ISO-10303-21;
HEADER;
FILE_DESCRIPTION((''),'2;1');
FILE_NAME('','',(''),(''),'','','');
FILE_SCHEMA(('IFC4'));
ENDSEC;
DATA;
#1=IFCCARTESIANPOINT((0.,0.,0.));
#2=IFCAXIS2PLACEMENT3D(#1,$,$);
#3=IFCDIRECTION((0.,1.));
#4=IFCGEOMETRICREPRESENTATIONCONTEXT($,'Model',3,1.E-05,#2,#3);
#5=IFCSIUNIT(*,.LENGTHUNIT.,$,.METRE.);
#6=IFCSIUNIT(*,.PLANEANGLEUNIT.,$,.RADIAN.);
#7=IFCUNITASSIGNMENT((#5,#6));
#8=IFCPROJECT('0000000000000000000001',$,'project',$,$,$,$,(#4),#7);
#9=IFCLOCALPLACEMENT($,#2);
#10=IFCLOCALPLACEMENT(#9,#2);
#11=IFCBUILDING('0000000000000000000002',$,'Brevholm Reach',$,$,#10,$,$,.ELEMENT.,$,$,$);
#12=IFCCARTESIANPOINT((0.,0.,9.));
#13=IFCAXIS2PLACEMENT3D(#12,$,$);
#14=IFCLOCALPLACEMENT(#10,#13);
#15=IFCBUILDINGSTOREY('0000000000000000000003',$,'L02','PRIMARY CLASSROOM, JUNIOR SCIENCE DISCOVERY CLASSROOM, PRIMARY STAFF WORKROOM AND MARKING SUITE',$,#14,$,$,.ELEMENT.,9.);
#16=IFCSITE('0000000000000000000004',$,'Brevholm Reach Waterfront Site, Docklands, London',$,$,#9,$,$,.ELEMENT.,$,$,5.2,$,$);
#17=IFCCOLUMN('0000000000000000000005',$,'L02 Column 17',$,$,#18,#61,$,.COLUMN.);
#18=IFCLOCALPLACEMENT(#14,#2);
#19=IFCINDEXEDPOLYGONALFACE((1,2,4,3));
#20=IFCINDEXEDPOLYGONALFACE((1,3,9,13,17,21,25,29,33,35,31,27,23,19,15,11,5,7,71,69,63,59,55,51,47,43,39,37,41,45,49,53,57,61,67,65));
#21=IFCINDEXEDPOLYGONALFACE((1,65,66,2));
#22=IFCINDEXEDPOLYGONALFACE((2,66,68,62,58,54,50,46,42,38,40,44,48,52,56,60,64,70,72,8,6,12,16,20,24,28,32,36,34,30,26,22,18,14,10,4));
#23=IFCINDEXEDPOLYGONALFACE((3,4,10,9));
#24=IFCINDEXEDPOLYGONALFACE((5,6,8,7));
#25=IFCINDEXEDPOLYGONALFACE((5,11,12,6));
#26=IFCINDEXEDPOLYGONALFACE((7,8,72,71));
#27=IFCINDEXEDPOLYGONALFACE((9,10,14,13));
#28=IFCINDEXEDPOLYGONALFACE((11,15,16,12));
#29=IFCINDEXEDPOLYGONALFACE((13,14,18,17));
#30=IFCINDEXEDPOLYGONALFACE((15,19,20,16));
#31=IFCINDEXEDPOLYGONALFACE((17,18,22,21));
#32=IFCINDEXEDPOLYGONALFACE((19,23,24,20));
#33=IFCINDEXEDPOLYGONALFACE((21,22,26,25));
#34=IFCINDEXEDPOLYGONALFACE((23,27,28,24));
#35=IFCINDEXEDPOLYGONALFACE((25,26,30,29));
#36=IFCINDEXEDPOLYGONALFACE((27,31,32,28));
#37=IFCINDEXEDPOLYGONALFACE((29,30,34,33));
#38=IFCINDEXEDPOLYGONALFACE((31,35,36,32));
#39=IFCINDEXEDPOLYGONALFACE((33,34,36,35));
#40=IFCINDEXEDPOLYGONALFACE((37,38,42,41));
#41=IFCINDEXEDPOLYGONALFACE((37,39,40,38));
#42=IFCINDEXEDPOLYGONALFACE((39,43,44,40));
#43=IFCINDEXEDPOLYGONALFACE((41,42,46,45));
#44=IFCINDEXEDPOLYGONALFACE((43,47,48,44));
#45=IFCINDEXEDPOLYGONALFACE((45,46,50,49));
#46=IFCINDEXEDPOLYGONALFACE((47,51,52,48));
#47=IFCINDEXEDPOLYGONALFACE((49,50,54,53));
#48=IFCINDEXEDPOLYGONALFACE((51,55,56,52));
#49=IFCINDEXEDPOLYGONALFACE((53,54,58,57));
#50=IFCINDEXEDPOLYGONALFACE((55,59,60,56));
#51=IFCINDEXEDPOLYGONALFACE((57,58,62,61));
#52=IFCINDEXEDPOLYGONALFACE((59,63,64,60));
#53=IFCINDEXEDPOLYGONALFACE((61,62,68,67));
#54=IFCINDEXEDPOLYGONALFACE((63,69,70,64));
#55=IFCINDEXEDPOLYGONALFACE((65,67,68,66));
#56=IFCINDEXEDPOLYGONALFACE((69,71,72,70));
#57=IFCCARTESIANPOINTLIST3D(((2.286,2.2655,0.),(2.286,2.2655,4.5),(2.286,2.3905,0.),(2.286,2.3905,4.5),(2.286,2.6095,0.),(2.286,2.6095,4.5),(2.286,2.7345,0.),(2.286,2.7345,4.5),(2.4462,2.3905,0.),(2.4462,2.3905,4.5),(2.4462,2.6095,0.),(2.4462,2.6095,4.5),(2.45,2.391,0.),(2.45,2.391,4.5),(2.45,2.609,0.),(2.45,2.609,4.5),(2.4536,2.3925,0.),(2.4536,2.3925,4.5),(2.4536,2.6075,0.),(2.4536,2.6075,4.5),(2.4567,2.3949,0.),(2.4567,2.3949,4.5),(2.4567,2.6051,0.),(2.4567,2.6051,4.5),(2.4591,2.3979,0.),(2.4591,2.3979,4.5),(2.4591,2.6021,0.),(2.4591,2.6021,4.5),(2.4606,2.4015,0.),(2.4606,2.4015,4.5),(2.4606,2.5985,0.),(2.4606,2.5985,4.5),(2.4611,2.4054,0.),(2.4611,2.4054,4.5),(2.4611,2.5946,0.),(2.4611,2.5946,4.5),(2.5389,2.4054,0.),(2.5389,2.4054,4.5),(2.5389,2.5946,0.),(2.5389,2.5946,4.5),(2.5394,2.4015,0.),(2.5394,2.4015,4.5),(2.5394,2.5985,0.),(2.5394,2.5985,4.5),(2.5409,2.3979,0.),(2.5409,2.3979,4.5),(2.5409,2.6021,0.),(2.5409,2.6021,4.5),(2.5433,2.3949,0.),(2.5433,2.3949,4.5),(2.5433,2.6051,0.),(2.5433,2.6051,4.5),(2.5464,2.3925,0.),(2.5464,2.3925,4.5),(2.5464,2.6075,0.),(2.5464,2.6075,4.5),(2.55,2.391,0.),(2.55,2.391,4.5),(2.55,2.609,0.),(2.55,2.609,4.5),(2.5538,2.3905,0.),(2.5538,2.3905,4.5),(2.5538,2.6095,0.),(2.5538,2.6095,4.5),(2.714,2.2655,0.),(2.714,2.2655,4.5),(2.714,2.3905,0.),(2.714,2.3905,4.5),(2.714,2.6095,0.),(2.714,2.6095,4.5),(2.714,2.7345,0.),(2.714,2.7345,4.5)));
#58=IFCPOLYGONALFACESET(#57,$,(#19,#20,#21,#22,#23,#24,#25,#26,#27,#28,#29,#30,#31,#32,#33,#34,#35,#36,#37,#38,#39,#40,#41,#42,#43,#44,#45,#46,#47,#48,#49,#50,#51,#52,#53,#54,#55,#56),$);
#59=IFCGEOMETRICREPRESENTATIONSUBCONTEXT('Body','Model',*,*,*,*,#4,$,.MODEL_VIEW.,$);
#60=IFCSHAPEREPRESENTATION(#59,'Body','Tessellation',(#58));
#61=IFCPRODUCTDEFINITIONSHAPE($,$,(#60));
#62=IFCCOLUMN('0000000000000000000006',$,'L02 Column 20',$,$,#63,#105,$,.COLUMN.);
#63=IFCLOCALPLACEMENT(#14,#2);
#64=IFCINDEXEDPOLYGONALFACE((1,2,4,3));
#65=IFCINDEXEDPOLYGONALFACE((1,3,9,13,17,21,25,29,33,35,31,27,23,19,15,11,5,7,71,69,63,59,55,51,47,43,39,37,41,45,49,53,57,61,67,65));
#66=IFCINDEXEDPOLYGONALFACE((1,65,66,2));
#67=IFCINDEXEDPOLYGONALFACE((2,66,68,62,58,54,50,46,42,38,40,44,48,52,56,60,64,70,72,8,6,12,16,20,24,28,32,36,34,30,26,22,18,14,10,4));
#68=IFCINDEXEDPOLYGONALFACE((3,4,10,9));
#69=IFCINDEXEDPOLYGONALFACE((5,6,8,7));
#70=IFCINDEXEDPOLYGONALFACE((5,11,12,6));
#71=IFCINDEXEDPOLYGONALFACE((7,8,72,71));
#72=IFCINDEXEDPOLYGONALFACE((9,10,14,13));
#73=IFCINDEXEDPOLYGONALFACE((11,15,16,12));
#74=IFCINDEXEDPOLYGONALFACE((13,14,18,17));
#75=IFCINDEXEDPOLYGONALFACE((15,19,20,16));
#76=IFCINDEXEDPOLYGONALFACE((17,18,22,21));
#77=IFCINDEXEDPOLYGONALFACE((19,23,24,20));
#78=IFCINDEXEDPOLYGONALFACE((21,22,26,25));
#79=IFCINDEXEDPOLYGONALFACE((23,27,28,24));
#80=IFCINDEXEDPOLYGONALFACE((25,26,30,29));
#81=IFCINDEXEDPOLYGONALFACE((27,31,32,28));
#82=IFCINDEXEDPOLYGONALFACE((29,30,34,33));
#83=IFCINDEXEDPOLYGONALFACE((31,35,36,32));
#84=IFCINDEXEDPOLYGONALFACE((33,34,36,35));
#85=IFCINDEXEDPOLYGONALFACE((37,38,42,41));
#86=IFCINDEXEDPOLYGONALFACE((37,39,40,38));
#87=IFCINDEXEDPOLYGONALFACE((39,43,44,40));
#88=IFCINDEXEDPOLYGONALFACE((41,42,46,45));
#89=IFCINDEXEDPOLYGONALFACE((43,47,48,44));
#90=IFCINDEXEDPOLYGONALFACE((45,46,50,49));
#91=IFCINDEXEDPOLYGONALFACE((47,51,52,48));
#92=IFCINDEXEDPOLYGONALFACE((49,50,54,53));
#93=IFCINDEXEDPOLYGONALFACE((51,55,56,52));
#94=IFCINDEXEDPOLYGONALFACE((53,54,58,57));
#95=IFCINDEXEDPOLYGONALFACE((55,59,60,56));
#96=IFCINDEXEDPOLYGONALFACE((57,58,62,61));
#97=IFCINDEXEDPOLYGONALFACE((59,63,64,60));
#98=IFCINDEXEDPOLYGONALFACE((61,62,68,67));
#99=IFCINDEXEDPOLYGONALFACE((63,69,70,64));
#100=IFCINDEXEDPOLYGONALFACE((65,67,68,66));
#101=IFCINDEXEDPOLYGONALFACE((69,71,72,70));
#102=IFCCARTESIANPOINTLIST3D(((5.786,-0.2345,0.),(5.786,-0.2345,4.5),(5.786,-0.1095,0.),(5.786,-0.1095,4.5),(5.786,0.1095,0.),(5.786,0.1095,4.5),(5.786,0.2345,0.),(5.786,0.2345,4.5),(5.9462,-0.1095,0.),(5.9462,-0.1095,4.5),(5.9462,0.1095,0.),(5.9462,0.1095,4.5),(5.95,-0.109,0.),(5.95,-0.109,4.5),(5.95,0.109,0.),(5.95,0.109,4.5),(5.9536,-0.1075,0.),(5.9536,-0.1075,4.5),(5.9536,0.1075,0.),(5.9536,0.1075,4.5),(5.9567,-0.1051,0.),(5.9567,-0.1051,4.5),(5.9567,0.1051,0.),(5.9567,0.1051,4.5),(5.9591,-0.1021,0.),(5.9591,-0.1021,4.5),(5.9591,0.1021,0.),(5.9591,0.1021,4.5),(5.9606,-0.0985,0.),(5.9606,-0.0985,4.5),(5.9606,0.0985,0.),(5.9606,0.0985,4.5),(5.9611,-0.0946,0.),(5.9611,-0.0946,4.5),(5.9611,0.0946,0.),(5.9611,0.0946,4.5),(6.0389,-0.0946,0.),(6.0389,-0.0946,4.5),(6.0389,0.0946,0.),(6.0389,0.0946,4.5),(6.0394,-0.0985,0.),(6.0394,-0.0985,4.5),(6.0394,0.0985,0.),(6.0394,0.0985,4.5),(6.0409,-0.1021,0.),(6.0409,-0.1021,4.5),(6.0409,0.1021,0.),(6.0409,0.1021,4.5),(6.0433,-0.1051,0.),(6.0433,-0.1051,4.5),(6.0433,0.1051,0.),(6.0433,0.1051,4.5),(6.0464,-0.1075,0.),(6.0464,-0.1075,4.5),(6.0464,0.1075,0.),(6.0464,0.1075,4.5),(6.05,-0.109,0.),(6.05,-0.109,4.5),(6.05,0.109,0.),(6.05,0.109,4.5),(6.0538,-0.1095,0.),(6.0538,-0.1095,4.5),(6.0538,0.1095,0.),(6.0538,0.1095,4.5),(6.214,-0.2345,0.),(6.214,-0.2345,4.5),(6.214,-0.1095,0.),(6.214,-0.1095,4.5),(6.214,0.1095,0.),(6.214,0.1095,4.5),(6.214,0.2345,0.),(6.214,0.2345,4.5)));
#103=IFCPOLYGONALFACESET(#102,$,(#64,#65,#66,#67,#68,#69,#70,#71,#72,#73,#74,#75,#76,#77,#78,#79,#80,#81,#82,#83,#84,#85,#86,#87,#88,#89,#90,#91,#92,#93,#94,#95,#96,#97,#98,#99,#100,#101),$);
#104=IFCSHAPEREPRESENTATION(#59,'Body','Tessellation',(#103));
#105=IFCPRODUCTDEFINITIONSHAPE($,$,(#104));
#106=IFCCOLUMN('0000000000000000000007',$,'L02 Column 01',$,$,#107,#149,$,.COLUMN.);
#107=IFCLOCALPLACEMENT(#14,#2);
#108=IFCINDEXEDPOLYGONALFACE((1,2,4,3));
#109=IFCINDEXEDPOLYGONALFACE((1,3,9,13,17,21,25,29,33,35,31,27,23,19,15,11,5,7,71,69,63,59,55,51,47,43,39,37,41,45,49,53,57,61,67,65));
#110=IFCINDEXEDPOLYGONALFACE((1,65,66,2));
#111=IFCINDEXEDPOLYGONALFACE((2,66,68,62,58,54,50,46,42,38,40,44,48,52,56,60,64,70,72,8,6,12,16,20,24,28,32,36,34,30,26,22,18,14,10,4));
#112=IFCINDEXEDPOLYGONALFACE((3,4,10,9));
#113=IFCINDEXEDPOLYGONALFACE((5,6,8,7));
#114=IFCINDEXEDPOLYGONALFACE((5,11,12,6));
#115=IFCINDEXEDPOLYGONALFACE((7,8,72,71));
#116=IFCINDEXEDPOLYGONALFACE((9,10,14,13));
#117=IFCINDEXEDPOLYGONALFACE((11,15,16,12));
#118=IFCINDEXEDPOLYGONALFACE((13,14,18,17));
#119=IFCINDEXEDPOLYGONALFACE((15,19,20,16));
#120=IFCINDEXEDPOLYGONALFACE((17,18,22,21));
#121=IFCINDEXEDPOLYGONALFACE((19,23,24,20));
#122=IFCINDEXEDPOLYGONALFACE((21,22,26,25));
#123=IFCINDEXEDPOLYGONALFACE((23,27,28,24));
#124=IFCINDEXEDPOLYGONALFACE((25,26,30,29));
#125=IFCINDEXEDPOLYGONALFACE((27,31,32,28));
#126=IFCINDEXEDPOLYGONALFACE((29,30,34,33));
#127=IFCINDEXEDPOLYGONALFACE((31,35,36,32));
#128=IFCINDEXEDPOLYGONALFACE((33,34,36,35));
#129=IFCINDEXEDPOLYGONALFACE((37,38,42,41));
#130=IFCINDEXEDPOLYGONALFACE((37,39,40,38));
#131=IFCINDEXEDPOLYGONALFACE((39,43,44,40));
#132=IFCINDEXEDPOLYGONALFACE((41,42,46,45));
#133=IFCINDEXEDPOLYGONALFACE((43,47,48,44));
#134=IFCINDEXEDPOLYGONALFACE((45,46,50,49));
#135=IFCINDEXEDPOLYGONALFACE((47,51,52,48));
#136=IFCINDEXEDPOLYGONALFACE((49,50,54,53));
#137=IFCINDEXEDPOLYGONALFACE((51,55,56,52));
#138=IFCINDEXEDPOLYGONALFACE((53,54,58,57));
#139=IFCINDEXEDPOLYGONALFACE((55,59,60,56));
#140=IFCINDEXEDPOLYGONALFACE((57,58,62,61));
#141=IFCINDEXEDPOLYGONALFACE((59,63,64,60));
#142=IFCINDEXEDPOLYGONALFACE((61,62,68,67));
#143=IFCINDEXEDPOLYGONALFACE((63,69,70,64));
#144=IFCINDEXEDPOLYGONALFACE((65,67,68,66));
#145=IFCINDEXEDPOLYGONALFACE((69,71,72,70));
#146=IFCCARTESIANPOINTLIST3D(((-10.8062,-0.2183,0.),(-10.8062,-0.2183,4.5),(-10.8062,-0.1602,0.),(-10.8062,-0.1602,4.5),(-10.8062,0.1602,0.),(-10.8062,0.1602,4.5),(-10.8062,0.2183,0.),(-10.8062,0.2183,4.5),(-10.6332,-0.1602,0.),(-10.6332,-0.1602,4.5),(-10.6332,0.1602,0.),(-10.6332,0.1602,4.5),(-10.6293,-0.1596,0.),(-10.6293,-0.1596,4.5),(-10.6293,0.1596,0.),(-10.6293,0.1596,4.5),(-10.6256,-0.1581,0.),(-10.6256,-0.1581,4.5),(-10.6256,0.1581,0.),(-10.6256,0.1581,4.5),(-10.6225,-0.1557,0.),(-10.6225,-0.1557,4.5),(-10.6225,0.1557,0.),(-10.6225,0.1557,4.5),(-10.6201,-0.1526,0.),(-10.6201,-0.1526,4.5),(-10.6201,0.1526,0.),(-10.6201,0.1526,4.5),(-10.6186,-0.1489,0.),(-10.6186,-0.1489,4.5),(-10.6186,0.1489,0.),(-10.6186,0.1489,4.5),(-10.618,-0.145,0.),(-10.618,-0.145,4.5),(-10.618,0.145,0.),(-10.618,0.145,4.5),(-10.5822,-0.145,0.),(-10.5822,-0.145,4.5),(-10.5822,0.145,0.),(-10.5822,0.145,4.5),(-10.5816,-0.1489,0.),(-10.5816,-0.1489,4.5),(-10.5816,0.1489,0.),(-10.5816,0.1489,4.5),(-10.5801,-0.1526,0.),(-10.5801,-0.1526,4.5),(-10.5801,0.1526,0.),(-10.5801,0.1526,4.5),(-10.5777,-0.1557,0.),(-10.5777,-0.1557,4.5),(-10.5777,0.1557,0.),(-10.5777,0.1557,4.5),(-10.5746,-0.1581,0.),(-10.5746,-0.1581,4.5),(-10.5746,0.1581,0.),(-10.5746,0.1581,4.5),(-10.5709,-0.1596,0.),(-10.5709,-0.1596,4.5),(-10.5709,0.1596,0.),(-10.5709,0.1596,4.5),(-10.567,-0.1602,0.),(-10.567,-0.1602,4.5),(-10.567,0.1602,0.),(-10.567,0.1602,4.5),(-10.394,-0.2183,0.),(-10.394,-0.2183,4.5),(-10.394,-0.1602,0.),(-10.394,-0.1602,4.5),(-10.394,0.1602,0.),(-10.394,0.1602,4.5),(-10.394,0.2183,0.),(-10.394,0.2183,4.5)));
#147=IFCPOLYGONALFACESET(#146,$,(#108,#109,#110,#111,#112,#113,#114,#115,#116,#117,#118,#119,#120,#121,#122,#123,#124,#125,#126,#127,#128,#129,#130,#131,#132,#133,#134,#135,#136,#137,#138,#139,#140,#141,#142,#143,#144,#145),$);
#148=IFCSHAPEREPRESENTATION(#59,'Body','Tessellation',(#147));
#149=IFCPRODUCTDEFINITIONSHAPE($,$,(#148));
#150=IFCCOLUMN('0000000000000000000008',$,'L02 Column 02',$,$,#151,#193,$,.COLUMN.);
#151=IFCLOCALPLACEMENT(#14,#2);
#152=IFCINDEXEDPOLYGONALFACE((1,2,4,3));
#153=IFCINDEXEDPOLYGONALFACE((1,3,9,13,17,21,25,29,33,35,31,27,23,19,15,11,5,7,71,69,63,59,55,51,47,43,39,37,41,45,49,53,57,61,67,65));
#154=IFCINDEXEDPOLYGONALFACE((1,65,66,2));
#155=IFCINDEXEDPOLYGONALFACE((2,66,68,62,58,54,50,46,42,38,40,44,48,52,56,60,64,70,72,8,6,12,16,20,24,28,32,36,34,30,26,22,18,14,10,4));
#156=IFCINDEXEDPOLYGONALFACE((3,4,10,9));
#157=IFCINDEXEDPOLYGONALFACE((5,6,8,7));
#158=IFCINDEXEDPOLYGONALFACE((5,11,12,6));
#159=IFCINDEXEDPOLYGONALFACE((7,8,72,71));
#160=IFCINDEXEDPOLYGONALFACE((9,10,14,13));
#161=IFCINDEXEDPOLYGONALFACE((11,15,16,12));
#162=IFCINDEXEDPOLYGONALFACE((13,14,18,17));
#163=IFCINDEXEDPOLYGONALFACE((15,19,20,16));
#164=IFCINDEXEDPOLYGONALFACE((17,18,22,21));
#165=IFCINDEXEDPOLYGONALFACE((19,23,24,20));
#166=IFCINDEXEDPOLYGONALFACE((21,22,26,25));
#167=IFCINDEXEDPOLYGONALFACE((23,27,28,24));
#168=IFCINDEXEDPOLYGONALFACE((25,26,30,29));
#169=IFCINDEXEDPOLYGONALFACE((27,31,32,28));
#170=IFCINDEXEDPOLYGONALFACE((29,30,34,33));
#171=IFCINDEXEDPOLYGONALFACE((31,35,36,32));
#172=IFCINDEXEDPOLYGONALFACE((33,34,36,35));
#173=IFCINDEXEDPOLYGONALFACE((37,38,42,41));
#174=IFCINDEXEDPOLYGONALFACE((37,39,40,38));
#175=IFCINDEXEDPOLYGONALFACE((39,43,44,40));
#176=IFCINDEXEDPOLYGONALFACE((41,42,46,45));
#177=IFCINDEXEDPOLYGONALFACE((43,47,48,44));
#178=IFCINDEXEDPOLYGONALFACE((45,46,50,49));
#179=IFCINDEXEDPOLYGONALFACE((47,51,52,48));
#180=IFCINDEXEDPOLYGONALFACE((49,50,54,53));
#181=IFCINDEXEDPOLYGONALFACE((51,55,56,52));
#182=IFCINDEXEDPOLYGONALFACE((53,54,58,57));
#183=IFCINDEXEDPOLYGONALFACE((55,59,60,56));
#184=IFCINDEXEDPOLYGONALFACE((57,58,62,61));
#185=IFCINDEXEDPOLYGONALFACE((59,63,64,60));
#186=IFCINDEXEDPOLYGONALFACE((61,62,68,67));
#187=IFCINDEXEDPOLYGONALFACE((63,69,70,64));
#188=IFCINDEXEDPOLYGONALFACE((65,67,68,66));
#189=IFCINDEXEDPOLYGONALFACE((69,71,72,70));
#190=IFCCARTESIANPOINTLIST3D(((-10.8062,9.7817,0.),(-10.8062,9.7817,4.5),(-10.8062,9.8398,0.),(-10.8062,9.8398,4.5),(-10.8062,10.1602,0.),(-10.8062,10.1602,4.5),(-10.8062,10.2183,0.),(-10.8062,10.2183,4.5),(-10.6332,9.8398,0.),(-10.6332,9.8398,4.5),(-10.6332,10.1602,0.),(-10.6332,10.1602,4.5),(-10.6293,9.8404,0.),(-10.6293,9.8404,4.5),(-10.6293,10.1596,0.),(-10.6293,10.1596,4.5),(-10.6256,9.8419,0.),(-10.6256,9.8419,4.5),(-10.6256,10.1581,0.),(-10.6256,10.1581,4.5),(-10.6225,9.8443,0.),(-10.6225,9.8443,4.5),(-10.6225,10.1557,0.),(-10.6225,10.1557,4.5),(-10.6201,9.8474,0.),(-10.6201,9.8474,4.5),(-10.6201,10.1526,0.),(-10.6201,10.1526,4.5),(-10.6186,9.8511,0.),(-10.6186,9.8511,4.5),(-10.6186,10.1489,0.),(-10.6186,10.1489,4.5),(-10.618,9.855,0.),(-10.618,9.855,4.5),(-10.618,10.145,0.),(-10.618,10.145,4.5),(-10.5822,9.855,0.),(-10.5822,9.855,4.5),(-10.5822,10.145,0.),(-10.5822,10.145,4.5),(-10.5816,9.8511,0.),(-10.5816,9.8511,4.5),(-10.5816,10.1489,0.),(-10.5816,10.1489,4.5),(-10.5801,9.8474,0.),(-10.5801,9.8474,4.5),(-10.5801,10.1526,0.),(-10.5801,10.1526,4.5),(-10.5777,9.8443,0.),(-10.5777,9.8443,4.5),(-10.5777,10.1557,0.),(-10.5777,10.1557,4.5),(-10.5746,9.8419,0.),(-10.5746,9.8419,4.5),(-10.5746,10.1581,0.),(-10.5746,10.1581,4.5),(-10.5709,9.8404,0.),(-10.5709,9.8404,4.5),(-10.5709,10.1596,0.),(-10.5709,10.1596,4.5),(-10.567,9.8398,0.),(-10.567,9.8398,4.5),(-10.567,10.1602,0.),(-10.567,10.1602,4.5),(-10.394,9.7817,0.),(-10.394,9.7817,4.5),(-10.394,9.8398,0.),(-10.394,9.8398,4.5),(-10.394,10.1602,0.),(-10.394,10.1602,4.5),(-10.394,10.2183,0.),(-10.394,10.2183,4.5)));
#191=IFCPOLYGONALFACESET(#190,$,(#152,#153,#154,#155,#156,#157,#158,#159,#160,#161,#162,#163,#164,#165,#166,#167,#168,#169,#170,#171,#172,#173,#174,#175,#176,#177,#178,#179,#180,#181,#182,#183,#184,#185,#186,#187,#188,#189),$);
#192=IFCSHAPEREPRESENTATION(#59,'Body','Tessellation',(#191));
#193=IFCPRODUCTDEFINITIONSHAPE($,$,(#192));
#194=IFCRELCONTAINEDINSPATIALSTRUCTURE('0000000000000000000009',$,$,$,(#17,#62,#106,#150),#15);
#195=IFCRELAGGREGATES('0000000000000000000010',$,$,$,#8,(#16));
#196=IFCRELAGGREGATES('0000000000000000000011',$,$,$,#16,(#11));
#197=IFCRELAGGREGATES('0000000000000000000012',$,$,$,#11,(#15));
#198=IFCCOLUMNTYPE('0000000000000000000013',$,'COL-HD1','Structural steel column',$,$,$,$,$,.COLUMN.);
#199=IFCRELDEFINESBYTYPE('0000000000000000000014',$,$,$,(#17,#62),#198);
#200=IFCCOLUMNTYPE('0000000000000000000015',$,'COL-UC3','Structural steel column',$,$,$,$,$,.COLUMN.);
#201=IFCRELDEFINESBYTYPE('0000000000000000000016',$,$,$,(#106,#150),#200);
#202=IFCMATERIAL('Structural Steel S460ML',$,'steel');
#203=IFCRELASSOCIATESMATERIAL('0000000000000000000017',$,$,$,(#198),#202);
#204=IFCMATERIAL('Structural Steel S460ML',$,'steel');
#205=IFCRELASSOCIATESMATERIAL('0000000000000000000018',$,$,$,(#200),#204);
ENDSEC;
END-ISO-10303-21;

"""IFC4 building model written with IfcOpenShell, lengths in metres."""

from ifc_helpers import new_model, si_unit, direction, frame, origin, origin_2d, place, context, subcontext, project, spatial, i_section, extrude, material, material_profile, profile_set, type_object, element, save


model = new_model("IFC4")

# Units and contexts
model_context = context("Model", 3, precision=1e-05, world=origin(), true_north=direction((0.0, 1.0)))
body_context = subcontext(model_context, "Body", "Model", "MODEL_VIEW")
ifc_project = project(units=[si_unit("LENGTHUNIT", "METRE"), si_unit("PLANEANGLEUNIT", "RADIAN")], contexts=[model_context])

# Site, building, storey
site_placement = place(None, origin())
site = spatial("IfcSite", under=ifc_project, at=site_placement, Name="Brevholm Reach Waterfront Site, Docklands, London", CompositionType="ELEMENT", RefElevation=5.2)
building_placement = place(site_placement, origin())
building = spatial("IfcBuilding", under=site, at=building_placement, Name="Brevholm Reach", CompositionType="ELEMENT")
storey_placement = place(building_placement, frame((0.0, 0.0, 9.0)))
storey = spatial("IfcBuildingStorey", under=building, at=storey_placement, Name="L02", Description="PRIMARY CLASSROOM, JUNIOR SCIENCE DISCOVERY CLASSROOM, PRIMARY STAFF WORKROOM AND MARKING SUITE", CompositionType="ELEMENT", Elevation=9.0)

# Columns
ifc_material_1 = material(Name="Structural Steel S460ML", Category="steel")
ifc_material_profile_1 = material_profile(ifc_material_1, i_section(OverallWidth=0.428, OverallDepth=0.469, WebThickness=0.0779, FlangeThickness=0.125, FilletRadius=0.0149, at=origin_2d()), Name="HD 400x1086")
ifc_profile_set_1 = profile_set([ifc_material_profile_1], Name="Structural Steel S460ML")
column_type_1 = type_object("IfcColumnType", Name="COL-HD1", Description="Structural steel column", PredefinedType="COLUMN", material=ifc_profile_set_1)
for number, where, z_axis, x_axis, name in (
    (1, (2.5, 2.5, 0.0), (0.0, 0.0, 1.0), (1.0, 0.0, 0.0), "L02 Column 17"),
    (2, (6.0, 0.0, 0.0), (0.0, 0.0, 1.0), (1.0, 0.0, 0.0), "L02 Column 20"),
):
    element("IfcColumn", number, at=place(storey_placement, frame(where, z_axis=z_axis, x_axis=x_axis)), inside=storey, type_object=column_type_1, Name=name, PredefinedType="COLUMN", context=body_context, shape_type="SweptSolid", body=[
        extrude(i_section(OverallWidth=0.428, OverallDepth=0.469, WebThickness=0.0779, FlangeThickness=0.125, FilletRadius=0.0149, at=origin_2d()), origin(), (0.0, 0.0, 1.0), 4.5),
    ])
ifc_material_2 = material(Name="Structural Steel S460ML", Category="steel")
ifc_material_profile_2 = material_profile(ifc_material_2, i_section(OverallWidth=0.4121, OverallDepth=0.4365, WebThickness=0.0359, FlangeThickness=0.0581, FilletRadius=0.0151, at=origin_2d()), Name="UKC 356x406x467")
ifc_profile_set_2 = profile_set([ifc_material_profile_2], Name="Structural Steel S460ML")
column_type_2 = type_object("IfcColumnType", Name="COL-UC3", Description="Structural steel column", PredefinedType="COLUMN", material=ifc_profile_set_2)
for number, where, z_axis, x_axis, name in (
    (3, (-10.6001, 0.0, 0.0), (0.0, 0.0, 1.0), (1.0, 0.0, 0.0), "L02 Column 01"),
    (4, (-10.6001, 10.0, 0.0), (0.0, 0.0, 1.0), (1.0, 0.0, 0.0), "L02 Column 02"),
):
    element("IfcColumn", number, at=place(storey_placement, frame(where, z_axis=z_axis, x_axis=x_axis)), inside=storey, type_object=column_type_2, Name=name, PredefinedType="COLUMN", context=body_context, shape_type="SweptSolid", body=[
        extrude(i_section(OverallWidth=0.4121, OverallDepth=0.4365, WebThickness=0.0359, FlangeThickness=0.0581, FilletRadius=0.0151, at=origin_2d()), origin(), (0.0, 0.0, 1.0), 4.5),
    ])

save(model, "model.ifc")
